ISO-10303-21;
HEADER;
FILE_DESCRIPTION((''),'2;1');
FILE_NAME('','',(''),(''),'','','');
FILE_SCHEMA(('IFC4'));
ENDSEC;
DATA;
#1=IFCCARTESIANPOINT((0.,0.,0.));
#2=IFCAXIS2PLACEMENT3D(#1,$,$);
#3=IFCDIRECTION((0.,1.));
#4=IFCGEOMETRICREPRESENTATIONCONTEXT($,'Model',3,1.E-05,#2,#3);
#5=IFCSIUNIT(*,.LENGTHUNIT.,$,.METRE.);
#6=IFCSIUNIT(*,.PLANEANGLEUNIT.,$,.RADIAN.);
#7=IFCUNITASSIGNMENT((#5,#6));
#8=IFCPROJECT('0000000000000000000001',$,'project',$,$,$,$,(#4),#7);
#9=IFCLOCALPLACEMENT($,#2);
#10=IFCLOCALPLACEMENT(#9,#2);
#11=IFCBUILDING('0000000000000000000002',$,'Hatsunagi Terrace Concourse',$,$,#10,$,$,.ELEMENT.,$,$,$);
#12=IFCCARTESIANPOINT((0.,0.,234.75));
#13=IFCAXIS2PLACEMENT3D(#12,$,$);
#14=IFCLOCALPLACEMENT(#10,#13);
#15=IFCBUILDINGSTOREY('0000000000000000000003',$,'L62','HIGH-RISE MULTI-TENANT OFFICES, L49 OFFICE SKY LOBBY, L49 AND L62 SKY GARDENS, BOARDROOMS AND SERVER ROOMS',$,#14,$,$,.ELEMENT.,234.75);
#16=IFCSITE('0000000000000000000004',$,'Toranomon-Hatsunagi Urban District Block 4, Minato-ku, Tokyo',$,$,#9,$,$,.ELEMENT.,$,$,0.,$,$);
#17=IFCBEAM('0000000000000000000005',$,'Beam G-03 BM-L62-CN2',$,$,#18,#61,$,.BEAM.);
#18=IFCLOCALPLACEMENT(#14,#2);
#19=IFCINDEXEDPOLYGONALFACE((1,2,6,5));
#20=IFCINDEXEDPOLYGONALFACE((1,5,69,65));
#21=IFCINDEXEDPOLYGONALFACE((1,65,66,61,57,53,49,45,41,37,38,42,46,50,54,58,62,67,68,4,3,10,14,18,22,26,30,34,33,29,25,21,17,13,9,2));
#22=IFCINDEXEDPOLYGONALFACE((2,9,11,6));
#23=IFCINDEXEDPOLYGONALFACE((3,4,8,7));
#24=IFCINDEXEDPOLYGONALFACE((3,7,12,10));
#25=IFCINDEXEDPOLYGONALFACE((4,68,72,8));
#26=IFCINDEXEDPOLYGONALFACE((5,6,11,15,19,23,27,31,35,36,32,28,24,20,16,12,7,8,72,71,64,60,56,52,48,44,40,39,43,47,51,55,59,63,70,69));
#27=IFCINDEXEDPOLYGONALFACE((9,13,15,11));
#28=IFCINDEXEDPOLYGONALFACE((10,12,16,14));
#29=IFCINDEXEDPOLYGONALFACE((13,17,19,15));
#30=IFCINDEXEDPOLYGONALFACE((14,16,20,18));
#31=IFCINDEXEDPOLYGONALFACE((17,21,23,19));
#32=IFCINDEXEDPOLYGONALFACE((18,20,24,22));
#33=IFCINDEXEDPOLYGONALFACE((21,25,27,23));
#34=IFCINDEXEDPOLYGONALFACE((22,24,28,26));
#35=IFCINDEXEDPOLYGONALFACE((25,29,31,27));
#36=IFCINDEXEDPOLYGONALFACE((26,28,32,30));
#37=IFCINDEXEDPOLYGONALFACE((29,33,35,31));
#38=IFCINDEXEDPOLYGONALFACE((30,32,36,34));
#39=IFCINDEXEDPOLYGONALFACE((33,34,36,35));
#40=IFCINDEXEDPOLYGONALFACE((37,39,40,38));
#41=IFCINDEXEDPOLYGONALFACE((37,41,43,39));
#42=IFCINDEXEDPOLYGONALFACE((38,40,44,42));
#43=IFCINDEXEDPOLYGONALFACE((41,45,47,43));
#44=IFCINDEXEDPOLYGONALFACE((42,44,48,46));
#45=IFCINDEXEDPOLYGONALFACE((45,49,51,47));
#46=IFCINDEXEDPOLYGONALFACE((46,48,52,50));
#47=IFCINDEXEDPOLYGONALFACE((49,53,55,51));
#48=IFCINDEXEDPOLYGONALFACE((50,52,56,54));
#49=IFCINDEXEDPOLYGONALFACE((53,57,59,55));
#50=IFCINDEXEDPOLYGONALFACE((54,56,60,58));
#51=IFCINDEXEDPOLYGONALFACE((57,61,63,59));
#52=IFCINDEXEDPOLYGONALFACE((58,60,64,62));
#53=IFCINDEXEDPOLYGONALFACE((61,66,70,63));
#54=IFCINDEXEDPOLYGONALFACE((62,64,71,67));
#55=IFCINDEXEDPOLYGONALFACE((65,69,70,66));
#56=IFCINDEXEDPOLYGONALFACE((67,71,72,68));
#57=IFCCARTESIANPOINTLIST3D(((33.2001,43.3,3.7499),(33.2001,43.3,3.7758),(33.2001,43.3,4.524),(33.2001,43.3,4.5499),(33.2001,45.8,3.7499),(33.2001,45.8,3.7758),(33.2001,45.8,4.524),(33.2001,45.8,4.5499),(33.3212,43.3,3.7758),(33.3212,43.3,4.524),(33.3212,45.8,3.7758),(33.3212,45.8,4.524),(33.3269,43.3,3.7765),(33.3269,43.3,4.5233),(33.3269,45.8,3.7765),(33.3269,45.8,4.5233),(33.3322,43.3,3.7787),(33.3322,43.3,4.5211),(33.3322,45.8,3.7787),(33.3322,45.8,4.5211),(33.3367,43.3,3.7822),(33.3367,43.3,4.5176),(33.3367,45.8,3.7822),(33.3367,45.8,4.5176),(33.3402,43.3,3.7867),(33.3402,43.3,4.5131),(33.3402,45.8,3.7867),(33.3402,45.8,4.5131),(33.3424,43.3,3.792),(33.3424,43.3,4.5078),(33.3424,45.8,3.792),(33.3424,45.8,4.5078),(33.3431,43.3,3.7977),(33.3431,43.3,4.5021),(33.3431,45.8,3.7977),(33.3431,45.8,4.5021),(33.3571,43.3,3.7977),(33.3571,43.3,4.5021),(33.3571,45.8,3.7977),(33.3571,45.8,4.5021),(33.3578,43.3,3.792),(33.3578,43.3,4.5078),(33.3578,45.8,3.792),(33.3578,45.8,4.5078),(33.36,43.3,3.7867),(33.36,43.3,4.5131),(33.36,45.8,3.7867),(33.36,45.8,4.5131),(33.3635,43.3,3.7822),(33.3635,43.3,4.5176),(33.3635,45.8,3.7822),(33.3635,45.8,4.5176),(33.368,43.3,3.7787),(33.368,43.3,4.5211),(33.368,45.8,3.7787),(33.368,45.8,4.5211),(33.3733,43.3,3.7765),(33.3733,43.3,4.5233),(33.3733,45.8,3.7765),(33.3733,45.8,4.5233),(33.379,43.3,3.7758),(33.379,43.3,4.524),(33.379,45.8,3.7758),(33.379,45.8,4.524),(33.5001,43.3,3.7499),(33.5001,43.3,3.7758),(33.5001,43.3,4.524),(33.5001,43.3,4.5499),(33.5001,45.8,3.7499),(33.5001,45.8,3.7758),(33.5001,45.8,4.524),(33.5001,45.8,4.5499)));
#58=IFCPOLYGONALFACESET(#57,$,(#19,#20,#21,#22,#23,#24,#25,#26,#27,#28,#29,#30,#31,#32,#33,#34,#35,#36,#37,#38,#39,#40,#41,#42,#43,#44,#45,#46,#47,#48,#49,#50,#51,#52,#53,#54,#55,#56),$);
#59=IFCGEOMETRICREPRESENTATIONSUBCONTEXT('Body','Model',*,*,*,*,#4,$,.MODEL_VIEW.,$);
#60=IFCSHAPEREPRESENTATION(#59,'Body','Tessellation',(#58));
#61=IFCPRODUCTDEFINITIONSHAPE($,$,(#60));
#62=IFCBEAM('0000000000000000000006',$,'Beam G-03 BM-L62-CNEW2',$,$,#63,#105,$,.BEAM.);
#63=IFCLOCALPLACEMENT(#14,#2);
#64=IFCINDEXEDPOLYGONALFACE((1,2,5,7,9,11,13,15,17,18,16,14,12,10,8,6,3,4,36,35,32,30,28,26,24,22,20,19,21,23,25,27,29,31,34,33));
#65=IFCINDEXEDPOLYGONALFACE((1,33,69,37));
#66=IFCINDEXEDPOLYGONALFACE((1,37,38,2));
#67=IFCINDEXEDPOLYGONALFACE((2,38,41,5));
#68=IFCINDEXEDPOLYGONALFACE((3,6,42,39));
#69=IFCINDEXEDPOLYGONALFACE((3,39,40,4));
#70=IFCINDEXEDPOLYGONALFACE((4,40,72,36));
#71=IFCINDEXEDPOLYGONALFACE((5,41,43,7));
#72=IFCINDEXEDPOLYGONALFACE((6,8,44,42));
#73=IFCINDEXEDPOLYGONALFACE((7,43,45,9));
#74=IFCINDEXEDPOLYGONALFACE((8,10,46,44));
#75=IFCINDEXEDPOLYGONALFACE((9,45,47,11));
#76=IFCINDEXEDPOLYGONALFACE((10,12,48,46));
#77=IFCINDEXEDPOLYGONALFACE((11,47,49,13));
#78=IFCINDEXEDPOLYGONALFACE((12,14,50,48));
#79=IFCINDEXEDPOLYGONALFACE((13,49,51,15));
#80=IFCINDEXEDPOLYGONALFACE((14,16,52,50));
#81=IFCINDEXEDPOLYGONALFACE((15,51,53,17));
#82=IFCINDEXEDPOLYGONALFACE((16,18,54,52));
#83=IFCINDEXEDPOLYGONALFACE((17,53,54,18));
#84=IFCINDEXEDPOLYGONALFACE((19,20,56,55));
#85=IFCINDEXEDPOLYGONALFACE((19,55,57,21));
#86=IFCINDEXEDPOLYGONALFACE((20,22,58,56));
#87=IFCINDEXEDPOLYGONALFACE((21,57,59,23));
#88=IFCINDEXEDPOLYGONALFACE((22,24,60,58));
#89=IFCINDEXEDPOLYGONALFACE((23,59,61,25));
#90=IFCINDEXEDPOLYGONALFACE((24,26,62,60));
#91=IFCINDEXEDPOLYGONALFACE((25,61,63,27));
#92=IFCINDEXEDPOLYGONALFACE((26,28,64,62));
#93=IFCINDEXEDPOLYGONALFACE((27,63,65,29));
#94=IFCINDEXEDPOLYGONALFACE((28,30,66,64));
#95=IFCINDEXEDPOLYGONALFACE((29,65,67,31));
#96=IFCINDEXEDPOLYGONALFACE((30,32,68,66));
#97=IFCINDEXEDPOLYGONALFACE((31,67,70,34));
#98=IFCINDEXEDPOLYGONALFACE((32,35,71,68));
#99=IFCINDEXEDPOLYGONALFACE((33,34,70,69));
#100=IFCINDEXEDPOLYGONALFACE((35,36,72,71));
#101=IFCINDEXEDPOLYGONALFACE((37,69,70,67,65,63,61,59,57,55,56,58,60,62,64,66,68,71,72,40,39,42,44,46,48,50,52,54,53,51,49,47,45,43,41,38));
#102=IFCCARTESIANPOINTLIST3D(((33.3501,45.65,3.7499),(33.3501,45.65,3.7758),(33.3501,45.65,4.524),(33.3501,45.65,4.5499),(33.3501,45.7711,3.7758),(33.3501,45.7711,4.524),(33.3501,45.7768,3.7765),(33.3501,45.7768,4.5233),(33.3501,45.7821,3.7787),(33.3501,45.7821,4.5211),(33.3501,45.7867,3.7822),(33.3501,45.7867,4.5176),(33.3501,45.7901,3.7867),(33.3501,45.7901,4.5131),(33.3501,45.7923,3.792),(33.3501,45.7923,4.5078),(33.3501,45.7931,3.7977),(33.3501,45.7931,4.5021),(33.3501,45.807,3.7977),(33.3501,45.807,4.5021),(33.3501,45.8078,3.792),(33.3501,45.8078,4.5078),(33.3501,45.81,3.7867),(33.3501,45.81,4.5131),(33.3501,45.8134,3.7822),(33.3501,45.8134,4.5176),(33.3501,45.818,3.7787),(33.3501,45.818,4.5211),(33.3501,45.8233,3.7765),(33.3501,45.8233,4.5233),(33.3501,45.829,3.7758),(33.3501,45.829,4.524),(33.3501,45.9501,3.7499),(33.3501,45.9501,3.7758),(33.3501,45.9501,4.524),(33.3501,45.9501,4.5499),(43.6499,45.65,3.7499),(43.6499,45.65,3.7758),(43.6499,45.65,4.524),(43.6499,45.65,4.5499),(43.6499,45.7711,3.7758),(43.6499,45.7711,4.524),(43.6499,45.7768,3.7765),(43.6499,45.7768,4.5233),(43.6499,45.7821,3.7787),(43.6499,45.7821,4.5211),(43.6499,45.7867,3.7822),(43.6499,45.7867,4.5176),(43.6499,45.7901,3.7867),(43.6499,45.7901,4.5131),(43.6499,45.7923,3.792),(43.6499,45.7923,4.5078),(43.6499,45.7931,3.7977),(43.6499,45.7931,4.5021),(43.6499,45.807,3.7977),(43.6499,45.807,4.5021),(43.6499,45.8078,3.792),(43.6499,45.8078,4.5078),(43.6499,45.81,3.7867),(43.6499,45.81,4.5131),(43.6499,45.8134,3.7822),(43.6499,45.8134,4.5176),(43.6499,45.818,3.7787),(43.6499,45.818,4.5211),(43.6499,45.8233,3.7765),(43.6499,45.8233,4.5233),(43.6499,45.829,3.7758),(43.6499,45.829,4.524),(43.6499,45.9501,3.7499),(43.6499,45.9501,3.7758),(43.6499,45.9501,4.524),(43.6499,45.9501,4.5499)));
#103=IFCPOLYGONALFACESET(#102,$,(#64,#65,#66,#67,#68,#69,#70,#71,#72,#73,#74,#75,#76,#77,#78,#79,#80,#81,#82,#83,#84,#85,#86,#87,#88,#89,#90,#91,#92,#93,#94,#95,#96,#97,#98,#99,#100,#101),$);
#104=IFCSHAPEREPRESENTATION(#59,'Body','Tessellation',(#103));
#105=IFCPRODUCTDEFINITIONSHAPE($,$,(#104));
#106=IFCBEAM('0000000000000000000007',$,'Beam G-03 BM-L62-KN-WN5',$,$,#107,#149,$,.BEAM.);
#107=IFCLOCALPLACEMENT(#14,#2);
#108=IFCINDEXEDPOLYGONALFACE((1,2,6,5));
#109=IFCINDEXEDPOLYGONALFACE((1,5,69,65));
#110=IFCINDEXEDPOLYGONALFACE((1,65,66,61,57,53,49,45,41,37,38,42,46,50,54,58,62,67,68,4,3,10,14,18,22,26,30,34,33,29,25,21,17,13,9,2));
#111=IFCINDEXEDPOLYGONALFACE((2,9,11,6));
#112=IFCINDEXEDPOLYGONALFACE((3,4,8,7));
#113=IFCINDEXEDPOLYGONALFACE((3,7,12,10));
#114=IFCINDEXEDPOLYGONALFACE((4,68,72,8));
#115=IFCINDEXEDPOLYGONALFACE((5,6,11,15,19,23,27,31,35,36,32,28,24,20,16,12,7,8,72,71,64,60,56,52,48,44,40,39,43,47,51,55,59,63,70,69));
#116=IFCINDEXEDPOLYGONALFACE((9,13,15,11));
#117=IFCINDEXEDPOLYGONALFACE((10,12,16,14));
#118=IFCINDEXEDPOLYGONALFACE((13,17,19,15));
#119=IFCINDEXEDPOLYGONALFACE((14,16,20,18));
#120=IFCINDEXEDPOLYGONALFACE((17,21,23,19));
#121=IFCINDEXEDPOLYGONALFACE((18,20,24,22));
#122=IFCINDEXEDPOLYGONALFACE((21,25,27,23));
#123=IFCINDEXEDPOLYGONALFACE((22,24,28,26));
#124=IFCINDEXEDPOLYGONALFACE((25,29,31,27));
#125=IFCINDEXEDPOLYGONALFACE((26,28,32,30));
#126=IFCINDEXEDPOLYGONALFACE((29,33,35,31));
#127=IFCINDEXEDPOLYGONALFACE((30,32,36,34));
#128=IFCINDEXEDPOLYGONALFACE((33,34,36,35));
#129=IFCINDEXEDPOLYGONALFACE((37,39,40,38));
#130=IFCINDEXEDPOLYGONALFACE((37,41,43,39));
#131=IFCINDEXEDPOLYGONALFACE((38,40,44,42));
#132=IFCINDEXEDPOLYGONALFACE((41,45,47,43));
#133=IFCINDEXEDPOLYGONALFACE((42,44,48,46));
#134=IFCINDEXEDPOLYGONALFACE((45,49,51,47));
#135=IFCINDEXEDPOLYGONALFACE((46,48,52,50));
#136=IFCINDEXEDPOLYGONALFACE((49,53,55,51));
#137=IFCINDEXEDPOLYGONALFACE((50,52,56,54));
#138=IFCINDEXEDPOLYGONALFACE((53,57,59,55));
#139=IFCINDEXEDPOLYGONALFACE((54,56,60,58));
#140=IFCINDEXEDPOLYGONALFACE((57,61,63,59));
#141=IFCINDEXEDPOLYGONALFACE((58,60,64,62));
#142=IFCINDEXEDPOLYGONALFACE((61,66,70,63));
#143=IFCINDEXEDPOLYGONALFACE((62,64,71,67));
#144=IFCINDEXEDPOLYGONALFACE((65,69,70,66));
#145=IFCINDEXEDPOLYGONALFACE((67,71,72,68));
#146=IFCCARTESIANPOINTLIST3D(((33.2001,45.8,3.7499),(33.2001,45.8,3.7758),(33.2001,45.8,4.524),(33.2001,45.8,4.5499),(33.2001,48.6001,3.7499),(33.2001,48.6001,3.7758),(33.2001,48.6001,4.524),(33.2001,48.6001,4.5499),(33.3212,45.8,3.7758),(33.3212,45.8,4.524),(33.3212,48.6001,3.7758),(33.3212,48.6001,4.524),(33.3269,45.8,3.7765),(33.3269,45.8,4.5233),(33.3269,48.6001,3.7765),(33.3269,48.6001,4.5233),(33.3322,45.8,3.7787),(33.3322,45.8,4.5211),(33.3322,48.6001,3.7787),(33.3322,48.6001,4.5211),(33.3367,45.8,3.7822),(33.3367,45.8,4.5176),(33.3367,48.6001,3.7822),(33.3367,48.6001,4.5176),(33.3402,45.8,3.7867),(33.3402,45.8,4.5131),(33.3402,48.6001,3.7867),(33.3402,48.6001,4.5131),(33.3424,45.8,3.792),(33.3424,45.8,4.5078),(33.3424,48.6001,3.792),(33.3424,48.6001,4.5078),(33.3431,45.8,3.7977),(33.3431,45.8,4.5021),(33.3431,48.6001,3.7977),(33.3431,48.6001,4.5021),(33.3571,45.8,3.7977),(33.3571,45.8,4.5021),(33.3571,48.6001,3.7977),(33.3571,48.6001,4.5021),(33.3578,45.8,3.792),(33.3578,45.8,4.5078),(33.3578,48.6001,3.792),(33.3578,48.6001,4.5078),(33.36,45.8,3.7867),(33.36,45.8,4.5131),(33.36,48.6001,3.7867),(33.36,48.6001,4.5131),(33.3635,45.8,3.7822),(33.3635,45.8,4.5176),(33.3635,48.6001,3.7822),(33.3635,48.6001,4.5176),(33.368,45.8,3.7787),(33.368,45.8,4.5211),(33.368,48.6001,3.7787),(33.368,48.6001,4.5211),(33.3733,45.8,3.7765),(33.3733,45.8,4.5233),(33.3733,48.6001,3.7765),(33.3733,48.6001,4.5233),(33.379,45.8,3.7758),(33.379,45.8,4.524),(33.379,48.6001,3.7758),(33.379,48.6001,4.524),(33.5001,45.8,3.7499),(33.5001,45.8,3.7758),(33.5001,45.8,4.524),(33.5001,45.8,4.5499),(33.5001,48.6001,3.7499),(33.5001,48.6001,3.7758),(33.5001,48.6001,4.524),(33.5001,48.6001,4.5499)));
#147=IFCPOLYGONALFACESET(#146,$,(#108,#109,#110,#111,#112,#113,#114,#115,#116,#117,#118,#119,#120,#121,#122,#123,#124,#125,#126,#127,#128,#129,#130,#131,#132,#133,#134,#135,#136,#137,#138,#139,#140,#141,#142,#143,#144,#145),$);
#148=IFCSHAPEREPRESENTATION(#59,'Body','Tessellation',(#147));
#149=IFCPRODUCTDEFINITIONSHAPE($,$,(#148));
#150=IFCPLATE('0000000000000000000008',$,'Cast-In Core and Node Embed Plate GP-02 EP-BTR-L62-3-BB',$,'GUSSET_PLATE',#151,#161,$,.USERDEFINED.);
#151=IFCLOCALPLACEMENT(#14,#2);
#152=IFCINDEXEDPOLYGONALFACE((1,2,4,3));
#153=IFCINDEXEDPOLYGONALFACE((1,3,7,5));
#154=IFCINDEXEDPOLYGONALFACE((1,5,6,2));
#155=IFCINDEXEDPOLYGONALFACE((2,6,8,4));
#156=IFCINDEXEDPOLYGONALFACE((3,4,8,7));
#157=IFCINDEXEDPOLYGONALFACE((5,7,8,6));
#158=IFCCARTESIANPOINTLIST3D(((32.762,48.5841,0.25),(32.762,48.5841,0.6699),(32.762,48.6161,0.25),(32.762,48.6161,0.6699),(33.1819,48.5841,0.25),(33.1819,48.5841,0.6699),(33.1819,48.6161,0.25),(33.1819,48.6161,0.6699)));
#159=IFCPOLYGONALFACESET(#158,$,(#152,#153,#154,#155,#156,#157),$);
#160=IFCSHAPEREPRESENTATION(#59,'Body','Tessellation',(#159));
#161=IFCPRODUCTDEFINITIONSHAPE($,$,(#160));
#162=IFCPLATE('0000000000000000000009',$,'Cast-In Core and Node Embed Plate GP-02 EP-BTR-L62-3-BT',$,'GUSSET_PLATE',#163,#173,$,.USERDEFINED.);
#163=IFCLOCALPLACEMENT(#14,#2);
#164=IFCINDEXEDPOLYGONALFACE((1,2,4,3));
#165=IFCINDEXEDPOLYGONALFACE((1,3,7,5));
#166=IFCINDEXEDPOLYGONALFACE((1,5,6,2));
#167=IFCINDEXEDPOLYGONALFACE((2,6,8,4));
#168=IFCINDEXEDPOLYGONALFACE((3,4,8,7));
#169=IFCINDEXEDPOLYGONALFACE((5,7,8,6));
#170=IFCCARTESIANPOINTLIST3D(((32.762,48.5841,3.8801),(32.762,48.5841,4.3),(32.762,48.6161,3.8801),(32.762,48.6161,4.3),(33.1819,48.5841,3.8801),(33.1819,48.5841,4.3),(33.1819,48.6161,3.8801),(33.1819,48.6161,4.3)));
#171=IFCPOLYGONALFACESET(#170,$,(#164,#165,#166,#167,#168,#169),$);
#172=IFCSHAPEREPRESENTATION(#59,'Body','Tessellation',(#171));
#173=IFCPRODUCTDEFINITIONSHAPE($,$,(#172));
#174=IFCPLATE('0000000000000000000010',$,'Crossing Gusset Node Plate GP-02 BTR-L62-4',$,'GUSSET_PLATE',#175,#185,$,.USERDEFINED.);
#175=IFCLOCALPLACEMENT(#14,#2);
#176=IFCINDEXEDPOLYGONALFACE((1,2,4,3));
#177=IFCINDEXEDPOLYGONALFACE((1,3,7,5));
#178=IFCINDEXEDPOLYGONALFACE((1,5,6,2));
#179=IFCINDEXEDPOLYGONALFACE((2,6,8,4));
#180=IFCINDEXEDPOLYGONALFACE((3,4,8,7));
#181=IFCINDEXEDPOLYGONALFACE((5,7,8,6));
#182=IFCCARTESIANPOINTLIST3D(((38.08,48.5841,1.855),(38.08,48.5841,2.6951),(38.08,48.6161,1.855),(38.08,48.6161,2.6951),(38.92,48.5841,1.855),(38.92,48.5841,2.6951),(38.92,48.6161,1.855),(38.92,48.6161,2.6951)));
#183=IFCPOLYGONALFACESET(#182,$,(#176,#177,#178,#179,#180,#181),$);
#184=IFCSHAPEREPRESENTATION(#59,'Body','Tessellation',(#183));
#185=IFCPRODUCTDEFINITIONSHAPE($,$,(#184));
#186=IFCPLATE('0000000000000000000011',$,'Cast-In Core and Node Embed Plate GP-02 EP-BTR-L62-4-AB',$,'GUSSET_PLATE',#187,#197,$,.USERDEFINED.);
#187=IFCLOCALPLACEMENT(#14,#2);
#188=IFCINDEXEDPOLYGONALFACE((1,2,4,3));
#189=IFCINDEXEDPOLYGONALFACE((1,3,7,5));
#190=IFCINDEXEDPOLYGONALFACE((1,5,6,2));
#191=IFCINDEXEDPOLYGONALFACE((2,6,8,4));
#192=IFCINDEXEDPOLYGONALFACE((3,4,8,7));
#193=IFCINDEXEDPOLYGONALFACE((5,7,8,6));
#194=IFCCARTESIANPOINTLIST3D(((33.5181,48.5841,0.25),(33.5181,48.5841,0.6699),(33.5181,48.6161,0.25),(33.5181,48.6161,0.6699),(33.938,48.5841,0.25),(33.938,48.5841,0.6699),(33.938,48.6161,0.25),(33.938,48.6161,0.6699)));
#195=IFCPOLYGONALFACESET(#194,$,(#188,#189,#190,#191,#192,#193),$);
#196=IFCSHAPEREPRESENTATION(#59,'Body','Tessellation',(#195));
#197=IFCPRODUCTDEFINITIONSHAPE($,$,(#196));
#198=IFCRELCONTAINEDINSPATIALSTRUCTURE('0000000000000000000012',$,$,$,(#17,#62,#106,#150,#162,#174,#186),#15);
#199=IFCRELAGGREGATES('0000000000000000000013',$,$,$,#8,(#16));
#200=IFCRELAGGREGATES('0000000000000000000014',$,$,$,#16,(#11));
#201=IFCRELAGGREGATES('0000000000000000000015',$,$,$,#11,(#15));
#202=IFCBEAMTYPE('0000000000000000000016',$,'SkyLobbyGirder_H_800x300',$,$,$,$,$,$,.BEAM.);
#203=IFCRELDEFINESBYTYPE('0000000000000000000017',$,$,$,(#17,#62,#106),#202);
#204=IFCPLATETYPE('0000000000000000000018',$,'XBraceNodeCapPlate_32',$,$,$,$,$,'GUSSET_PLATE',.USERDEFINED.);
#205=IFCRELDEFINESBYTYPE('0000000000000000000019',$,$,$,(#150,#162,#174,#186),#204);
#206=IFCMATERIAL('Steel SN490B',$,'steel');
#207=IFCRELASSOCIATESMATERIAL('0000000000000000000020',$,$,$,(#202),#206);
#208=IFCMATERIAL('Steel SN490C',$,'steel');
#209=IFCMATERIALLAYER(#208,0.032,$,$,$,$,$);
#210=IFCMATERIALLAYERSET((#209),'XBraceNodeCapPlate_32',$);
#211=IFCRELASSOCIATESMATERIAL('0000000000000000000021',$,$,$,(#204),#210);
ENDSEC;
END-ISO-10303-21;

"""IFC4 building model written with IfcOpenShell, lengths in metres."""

from ifc_helpers import new_model, si_unit, direction, frame, origin, origin_2d, place, context, subcontext, project, spatial, rectangle, i_section, extrude, material, layer, layer_set, material_profile, profile_set, type_object, element, save


model = new_model("IFC4")

# Units and contexts
model_context = context("Model", 3, precision=1e-05, world=origin(), true_north=direction((0.0, 1.0)))
body_context = subcontext(model_context, "Body", "Model", "MODEL_VIEW")
ifc_project = project(units=[si_unit("LENGTHUNIT", "METRE"), si_unit("PLANEANGLEUNIT", "RADIAN")], contexts=[model_context])

# Site, building, storey
site_placement = place(None, origin())
site = spatial("IfcSite", under=ifc_project, at=site_placement, Name="Toranomon-Hatsunagi Urban District Block 4, Minato-ku, Tokyo", CompositionType="ELEMENT", RefElevation=0.0)
building_placement = place(site_placement, origin())
building = spatial("IfcBuilding", under=site, at=building_placement, Name="Hatsunagi Terrace Concourse", CompositionType="ELEMENT")
storey_placement = place(building_placement, frame((0.0, 0.0, 234.75)))
storey = spatial("IfcBuildingStorey", under=building, at=storey_placement, Name="L62", Description="HIGH-RISE MULTI-TENANT OFFICES, L49 OFFICE SKY LOBBY, L49 AND L62 SKY GARDENS, BOARDROOMS AND SERVER ROOMS", CompositionType="ELEMENT", Elevation=234.75)

# Beams
ifc_material_1 = material(Name="Steel SN490B", Category="steel")
ifc_material_profile_1 = material_profile(ifc_material_1, i_section(OverallWidth=0.3, OverallDepth=0.8, WebThickness=0.0139, FlangeThickness=0.0259, FilletRadius=0.022, at=origin_2d()), Name="H-800x300x14x26")
ifc_profile_set_1 = profile_set([ifc_material_profile_1], Name="Steel SN490B")
beam_type_1 = type_object("IfcBeamType", Name="SkyLobbyGirder_H_800x300", PredefinedType="BEAM", material=ifc_profile_set_1)
beam_1_placement = place(storey_placement, frame((33.3501, 43.3, 4.1499), z_axis=(0.0, 1.0, 0.0), x_axis=(-1.0, 0.0, 0.0)))
element("IfcBeam", 1, at=beam_1_placement, inside=storey, type_object=beam_type_1, Name="Beam G-03 BM-L62-CN2", PredefinedType="BEAM", context=body_context, shape_type="SweptSolid", body=[
    extrude(i_section(OverallWidth=0.3, OverallDepth=0.8, WebThickness=0.0139, FlangeThickness=0.0259, FilletRadius=0.022, at=origin_2d()), origin(), (0.0, 0.0, 1.0), 2.5),
])
beam_2_placement = place(storey_placement, frame((33.3501, 45.8, 4.1499), z_axis=(1.0, 0.0, 0.0), x_axis=(0.0, 1.0, 0.0)))
element("IfcBeam", 2, at=beam_2_placement, inside=storey, type_object=beam_type_1, Name="Beam G-03 BM-L62-CNEW2", PredefinedType="BEAM", context=body_context, shape_type="SweptSolid", body=[
    extrude(i_section(OverallWidth=0.3, OverallDepth=0.8, WebThickness=0.0139, FlangeThickness=0.0259, FilletRadius=0.022, at=origin_2d()), origin(), (0.0, 0.0, 1.0), 10.2998),
])
beam_3_placement = place(storey_placement, frame((33.3501, 45.8, 4.1499), z_axis=(0.0, 1.0, 0.0), x_axis=(-1.0, 0.0, 0.0)))
element("IfcBeam", 3, at=beam_3_placement, inside=storey, type_object=beam_type_1, Name="Beam G-03 BM-L62-KN-WN5", PredefinedType="BEAM", context=body_context, shape_type="SweptSolid", body=[
    extrude(i_section(OverallWidth=0.3, OverallDepth=0.8, WebThickness=0.0139, FlangeThickness=0.0259, FilletRadius=0.022, at=origin_2d()), origin(), (0.0, 0.0, 1.0), 2.8),
])

# Plates
ifc_material_2 = material(Name="Steel SN490C", Category="steel")
ifc_layer_1 = layer(ifc_material_2, 0.032)
ifc_layer_set_1 = layer_set([ifc_layer_1], Name="XBraceNodeCapPlate_32")
plate_type = type_object("IfcPlateType", Name="XBraceNodeCapPlate_32", ElementType="GUSSET_PLATE", PredefinedType="USERDEFINED", material=ifc_layer_set_1)
for number, where, z_axis, x_axis, name in (
    (4, (32.9719, 48.6001, 0.25), (0.0, 0.0, 1.0), (1.0, 0.0, 0.0), "Cast-In Core and Node Embed Plate GP-02 EP-BTR-L62-3-BB"),
    (5, (32.9719, 48.6001, 3.8801), (0.0, 0.0, 1.0), (1.0, 0.0, 0.0), "Cast-In Core and Node Embed Plate GP-02 EP-BTR-L62-3-BT"),
):
    element("IfcPlate", number, at=place(storey_placement, frame(where, z_axis=z_axis, x_axis=x_axis)), inside=storey, type_object=plate_type, Name=name, ObjectType="GUSSET_PLATE", PredefinedType="USERDEFINED", context=body_context, shape_type="SweptSolid", body=[
        extrude(rectangle(XDim=0.4199, YDim=0.032, at=origin_2d()), origin(), (0.0, 0.0, 1.0), 0.4199),
    ])
plate_placement = place(storey_placement, frame((38.5, 48.6001, 1.855), z_axis=(0.0, 0.0, 1.0), x_axis=(1.0, 0.0, 0.0)))
element("IfcPlate", 6, at=plate_placement, inside=storey, type_object=plate_type, Name="Crossing Gusset Node Plate GP-02 BTR-L62-4", ObjectType="GUSSET_PLATE", PredefinedType="USERDEFINED", context=body_context, shape_type="SweptSolid", body=[
    extrude(rectangle(XDim=0.8401, YDim=0.032, at=origin_2d()), origin(), (0.0, 0.0, 1.0), 0.8401),
])
for number, where, z_axis, x_axis, name in (
    (7, (33.728, 48.6001, 0.25), (0.0, 0.0, 1.0), (1.0, 0.0, 0.0), "Cast-In Core and Node Embed Plate GP-02 EP-BTR-L62-4-AB"),
):
    element("IfcPlate", number, at=place(storey_placement, frame(where, z_axis=z_axis, x_axis=x_axis)), inside=storey, type_object=plate_type, Name=name, ObjectType="GUSSET_PLATE", PredefinedType="USERDEFINED", context=body_context, shape_type="SweptSolid", body=[
        extrude(rectangle(XDim=0.4199, YDim=0.032, at=origin_2d()), origin(), (0.0, 0.0, 1.0), 0.4199),
    ])

save(model, "model.ifc")
